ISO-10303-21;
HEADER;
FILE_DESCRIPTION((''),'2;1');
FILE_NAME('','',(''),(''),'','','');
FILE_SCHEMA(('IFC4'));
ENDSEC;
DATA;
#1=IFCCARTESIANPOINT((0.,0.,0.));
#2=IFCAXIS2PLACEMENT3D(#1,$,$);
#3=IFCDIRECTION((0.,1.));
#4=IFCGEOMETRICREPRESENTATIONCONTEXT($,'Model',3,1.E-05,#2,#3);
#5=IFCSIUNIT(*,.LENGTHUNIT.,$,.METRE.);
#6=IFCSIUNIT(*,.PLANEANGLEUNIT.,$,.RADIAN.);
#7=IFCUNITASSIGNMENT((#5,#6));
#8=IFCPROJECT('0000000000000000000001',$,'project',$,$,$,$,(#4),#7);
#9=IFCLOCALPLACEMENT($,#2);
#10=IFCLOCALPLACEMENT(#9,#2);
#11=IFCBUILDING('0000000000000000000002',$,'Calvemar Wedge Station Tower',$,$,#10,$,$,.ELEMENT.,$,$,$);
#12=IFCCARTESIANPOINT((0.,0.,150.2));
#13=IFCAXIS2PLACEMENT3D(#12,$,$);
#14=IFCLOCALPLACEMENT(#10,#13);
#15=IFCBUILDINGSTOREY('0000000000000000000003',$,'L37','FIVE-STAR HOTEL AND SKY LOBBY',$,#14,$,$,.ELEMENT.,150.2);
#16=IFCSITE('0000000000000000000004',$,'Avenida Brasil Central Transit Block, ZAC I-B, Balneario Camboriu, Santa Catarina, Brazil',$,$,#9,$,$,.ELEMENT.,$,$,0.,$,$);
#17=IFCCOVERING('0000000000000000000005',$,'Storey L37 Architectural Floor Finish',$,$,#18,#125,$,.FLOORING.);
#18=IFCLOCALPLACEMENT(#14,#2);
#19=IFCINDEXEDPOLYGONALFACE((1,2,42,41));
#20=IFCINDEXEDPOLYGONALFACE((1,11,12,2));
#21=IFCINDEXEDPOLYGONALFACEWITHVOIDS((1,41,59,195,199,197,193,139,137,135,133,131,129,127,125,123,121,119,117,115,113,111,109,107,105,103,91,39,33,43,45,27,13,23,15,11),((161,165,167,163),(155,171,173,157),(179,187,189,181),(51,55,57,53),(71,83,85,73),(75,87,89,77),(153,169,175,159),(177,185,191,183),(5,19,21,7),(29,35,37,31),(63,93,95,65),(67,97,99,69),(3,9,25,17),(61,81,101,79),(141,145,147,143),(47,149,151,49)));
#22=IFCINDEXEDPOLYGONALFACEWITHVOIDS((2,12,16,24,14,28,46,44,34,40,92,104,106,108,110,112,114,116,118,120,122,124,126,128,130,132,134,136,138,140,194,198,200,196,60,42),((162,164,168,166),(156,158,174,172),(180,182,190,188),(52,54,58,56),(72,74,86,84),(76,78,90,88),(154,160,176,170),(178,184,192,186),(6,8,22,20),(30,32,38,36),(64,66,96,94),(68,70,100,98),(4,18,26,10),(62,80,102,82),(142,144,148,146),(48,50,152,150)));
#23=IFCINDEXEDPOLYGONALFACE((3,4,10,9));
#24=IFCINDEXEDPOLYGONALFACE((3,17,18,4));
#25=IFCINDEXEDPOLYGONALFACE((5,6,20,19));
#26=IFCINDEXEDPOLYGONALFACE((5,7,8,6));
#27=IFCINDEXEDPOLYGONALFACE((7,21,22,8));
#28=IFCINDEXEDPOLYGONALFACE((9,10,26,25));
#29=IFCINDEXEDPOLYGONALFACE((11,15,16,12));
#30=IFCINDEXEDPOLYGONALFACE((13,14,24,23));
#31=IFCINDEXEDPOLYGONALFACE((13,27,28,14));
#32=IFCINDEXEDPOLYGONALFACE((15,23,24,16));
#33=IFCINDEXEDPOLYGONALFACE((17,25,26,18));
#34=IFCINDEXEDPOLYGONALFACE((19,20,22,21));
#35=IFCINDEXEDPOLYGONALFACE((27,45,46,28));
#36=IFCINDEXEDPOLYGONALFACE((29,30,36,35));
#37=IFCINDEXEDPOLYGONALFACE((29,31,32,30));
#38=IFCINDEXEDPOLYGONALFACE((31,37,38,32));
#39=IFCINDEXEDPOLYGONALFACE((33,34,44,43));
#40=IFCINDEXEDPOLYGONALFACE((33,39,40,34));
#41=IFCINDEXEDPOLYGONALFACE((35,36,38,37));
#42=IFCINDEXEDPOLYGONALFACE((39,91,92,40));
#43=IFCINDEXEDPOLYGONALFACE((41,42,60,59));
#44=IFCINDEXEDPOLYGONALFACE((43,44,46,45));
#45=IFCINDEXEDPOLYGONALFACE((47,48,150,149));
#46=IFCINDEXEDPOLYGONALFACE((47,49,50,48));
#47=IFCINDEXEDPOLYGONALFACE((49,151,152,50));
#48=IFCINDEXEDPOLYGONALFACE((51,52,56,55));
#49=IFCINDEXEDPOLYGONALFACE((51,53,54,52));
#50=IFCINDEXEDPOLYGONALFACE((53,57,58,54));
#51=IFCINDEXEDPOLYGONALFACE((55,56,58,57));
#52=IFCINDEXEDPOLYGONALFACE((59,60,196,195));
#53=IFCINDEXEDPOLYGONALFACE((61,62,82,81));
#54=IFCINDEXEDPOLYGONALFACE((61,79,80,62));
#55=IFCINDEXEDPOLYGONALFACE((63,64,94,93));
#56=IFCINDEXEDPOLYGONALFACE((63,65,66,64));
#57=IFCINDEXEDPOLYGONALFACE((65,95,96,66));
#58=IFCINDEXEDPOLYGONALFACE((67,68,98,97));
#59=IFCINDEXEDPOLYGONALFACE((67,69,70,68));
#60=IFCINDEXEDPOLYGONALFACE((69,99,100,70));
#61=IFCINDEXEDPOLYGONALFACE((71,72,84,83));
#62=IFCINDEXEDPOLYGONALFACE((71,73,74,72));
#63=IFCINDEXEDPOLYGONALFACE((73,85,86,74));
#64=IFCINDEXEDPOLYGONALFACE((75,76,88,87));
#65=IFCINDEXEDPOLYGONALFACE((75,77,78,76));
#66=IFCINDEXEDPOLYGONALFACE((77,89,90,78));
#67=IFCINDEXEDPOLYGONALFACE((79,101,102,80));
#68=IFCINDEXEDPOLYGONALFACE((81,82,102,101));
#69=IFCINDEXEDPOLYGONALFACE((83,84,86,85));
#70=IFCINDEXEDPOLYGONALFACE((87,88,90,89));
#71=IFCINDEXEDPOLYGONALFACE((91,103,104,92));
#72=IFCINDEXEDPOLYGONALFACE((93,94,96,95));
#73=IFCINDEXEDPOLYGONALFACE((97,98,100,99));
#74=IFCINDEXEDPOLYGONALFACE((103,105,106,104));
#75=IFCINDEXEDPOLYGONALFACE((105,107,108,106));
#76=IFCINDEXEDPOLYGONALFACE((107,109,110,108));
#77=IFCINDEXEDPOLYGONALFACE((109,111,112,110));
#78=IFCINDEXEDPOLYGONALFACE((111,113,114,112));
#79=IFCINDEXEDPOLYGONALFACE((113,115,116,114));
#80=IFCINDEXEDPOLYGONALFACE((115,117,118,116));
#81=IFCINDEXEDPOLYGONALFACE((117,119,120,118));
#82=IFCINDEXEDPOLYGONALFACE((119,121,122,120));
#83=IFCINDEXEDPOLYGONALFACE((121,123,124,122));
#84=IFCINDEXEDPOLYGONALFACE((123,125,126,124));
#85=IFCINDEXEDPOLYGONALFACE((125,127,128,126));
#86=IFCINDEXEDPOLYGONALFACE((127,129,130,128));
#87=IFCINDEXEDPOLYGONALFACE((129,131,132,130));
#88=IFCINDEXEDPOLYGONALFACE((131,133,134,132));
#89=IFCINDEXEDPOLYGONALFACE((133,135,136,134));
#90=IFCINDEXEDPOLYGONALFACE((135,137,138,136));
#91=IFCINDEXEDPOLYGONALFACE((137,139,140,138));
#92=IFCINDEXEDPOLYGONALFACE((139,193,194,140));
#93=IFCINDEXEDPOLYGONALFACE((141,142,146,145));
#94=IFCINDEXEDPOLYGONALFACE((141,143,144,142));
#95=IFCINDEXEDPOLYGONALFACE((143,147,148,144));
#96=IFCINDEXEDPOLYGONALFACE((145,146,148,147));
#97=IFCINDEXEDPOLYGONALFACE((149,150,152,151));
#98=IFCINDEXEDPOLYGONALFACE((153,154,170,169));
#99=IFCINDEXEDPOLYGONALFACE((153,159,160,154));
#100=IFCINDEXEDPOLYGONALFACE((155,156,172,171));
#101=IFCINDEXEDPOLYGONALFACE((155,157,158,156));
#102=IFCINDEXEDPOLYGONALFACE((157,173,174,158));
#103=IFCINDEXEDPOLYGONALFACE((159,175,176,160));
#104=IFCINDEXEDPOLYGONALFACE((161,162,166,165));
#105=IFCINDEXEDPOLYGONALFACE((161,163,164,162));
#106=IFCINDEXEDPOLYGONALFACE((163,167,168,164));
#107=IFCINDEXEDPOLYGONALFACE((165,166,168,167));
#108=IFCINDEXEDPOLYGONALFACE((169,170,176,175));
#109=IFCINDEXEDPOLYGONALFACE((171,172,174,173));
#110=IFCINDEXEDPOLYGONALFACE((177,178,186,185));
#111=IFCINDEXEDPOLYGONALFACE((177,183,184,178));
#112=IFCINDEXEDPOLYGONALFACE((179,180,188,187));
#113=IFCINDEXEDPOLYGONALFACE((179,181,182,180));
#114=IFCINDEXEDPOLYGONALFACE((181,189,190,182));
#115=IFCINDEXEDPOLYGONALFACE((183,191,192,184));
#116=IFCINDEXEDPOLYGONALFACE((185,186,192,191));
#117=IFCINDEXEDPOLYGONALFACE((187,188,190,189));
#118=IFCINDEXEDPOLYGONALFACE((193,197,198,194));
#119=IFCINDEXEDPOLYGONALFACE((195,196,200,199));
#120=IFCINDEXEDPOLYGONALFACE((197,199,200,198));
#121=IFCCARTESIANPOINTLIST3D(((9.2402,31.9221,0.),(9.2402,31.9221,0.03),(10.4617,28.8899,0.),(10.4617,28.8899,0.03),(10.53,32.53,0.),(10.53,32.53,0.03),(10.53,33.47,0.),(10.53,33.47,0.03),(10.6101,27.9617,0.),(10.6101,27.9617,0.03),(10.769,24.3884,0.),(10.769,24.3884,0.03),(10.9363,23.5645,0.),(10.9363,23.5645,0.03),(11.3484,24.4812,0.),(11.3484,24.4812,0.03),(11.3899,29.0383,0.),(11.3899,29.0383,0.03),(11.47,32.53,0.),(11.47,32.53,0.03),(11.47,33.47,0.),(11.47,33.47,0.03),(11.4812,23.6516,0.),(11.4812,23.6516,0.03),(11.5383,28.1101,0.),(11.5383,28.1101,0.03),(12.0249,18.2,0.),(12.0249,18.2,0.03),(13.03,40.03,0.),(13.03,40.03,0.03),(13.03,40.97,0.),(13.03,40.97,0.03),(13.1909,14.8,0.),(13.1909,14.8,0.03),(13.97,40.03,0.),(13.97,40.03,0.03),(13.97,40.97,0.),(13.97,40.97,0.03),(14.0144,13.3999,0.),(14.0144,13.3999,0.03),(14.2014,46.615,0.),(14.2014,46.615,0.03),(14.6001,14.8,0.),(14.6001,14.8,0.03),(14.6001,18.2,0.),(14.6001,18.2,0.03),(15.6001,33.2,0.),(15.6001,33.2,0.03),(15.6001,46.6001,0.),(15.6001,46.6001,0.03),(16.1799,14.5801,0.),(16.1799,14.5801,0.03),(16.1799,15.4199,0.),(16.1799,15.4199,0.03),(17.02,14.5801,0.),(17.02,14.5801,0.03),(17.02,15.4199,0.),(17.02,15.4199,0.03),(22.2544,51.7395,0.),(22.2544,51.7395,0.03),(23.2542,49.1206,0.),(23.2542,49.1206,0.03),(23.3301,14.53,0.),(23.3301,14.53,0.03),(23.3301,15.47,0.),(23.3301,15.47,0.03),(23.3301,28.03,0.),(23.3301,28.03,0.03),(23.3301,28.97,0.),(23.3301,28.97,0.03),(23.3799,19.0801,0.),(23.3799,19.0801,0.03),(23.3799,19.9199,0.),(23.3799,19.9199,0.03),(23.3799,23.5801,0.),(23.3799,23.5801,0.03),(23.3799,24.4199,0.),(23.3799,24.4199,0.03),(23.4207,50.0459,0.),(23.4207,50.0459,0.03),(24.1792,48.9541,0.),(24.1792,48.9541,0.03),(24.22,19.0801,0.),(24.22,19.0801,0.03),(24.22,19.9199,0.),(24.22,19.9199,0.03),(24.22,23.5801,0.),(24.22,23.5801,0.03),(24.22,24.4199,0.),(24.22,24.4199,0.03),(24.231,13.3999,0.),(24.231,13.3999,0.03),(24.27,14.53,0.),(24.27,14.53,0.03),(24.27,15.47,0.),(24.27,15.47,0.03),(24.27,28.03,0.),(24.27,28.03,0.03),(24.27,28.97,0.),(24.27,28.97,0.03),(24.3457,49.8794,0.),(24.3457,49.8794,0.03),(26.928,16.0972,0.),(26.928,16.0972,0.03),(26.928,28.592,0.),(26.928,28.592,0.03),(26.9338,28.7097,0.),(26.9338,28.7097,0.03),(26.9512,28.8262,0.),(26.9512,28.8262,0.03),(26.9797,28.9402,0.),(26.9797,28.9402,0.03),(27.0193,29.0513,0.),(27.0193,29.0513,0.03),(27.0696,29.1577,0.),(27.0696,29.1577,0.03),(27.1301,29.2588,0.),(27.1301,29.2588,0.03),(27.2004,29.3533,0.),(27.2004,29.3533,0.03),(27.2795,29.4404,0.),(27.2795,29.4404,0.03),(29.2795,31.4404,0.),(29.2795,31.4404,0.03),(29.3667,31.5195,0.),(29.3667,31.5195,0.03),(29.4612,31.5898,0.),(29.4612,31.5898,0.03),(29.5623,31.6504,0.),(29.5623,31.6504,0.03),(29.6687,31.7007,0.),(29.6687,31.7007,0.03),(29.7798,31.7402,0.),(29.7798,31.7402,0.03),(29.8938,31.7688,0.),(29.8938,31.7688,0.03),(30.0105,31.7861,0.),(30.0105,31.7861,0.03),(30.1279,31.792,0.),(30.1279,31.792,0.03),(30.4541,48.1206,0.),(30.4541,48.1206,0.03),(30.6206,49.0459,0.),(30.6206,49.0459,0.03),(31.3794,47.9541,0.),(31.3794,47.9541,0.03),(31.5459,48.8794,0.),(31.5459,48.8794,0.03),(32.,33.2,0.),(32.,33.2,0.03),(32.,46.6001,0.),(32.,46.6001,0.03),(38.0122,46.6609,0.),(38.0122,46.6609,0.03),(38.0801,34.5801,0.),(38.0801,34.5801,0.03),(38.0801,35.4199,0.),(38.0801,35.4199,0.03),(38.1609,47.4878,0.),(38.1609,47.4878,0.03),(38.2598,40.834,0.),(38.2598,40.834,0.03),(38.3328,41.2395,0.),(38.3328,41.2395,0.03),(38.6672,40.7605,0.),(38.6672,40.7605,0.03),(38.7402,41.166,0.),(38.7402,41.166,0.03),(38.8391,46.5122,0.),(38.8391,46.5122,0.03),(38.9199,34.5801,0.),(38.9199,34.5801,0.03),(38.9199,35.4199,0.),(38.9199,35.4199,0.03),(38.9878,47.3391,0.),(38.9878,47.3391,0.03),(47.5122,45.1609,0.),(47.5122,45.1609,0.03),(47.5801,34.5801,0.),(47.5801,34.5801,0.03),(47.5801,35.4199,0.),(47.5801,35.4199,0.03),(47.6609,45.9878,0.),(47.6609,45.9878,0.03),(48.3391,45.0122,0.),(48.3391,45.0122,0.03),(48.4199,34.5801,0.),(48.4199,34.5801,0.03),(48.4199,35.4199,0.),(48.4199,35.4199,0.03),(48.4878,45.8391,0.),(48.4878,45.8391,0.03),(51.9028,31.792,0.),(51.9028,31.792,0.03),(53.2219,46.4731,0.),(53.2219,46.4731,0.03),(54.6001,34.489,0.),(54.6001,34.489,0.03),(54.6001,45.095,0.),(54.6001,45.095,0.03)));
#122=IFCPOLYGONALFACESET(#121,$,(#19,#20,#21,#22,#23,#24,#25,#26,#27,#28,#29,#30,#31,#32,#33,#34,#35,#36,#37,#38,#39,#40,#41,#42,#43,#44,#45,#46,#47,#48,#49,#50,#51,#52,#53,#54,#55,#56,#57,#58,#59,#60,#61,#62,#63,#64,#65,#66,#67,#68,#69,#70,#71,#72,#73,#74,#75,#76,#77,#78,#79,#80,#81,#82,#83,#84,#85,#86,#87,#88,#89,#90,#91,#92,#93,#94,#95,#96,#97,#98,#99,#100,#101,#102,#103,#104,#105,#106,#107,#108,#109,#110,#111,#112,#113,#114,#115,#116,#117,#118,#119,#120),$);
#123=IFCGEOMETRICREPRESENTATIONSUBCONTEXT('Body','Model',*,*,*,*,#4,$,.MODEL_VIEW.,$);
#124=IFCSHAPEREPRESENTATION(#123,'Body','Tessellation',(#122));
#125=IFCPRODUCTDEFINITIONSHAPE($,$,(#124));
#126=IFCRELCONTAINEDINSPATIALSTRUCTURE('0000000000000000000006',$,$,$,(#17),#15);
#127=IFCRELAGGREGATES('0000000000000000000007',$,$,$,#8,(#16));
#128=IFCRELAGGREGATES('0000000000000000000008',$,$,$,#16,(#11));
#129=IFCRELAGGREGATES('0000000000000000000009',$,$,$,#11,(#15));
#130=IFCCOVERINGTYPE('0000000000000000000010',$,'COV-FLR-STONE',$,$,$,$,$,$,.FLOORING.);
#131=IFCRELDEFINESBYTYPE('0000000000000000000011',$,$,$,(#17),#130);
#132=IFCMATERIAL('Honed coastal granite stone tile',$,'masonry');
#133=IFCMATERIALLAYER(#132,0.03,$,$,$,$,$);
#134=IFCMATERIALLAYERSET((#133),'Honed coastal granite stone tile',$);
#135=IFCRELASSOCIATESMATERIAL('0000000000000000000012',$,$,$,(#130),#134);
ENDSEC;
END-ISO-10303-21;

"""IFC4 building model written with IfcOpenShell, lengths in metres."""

from ifc_helpers import new_model, si_unit, direction, frame, origin, place, context, subcontext, project, spatial, polyline, outline, extrude, material, layer, layer_set, type_object, element, save


model = new_model("IFC4")

# Units and contexts
model_context = context("Model", 3, precision=1e-05, world=origin(), true_north=direction((0.0, 1.0)))
body_context = subcontext(model_context, "Body", "Model", "MODEL_VIEW")
ifc_project = project(units=[si_unit("LENGTHUNIT", "METRE"), si_unit("PLANEANGLEUNIT", "RADIAN")], contexts=[model_context])

# Site, building, storey
site_placement = place(None, origin())
site = spatial("IfcSite", under=ifc_project, at=site_placement, Name="Avenida Brasil Central Transit Block, ZAC I-B, Balneario Camboriu, Santa Catarina, Brazil", CompositionType="ELEMENT", RefElevation=0.0)
building_placement = place(site_placement, origin())
building = spatial("IfcBuilding", under=site, at=building_placement, Name="Calvemar Wedge Station Tower", CompositionType="ELEMENT")
storey_placement = place(building_placement, frame((0.0, 0.0, 150.2)))
storey = spatial("IfcBuildingStorey", under=building, at=storey_placement, Name="L37", Description="FIVE-STAR HOTEL AND SKY LOBBY", CompositionType="ELEMENT", Elevation=150.2)

# Covering
ifc_material_1 = material(Name="Honed coastal granite stone tile", Category="masonry")
ifc_layer_1 = layer(ifc_material_1, 0.03)
ifc_layer_set_1 = layer_set([ifc_layer_1], Name="Honed coastal granite stone tile")
covering_type_1 = type_object("IfcCoveringType", Name="COV-FLR-STONE", PredefinedType="FLOORING", material=ifc_layer_set_1)
covering_1_placement = place(storey_placement, origin())
element("IfcCovering", 1, at=covering_1_placement, inside=storey, type_object=covering_type_1, Name="Storey L37 Architectural Floor Finish", PredefinedType="FLOORING", context=body_context, shape_type="SweptSolid", body=[
    extrude(outline(polyline([(27.2795, 29.4404), (29.2795, 31.4404), (29.3667, 31.5195), (29.4612, 31.5898), (29.5623, 31.6504), (29.6687, 31.7007), (29.7798, 31.7402), (29.8938, 31.7688), (30.0105, 31.7861), (30.1279, 31.792), (51.9028, 31.792), (54.6001, 34.489), (54.6001, 45.095), (53.2219, 46.4731), (22.2544, 51.7395), (14.2014, 46.615), (9.2402, 31.9221), (10.769, 24.3884), (11.3484, 24.4812), (11.4812, 23.6516), (10.9363, 23.5645), (12.0249, 18.2), (14.6001, 18.2), (14.6001, 14.8), (13.1909, 14.8), (14.0144, 13.3999), (24.231, 13.3999), (26.928, 16.0972), (26.928, 28.592), (26.9338, 28.7097), (26.9512, 28.8262), (26.9797, 28.9402), (27.0193, 29.0513), (27.0696, 29.1577), (27.1301, 29.2588), (27.2004, 29.3533), (27.2795, 29.4404)]), holes=[polyline([(15.6001, 46.6001), (32.0, 46.6001), (32.0, 33.2), (15.6001, 33.2), (15.6001, 46.6001)]), polyline([(10.53, 32.53), (10.53, 33.47), (11.47, 33.47), (11.47, 32.53), (10.53, 32.53)]), polyline([(13.03, 40.97), (13.97, 40.97), (13.97, 40.03), (13.03, 40.03), (13.03, 40.97)]), polyline([(24.3457, 49.8794), (24.1792, 48.9541), (23.2542, 49.1206), (23.4207, 50.0459), (24.3457, 49.8794)]), polyline([(31.3794, 47.9541), (30.4541, 48.1206), (30.6206, 49.0459), (31.5459, 48.8794), (31.3794, 47.9541)]), polyline([(38.0122, 46.6609), (38.1609, 47.4878), (38.9878, 47.3391), (38.8391, 46.5122), (38.0122, 46.6609)]), polyline([(47.6609, 45.9878), (48.4878, 45.8391), (48.3391, 45.0122), (47.5122, 45.1609), (47.6609, 45.9878)]), polyline([(38.9199, 35.4199), (38.9199, 34.5801), (38.0801, 34.5801), (38.0801, 35.4199), (38.9199, 35.4199)]), polyline([(48.4199, 34.5801), (47.5801, 34.5801), (47.5801, 35.4199), (48.4199, 35.4199), (48.4199, 34.5801)]), polyline([(38.2598, 40.834), (38.3328, 41.2395), (38.7402, 41.166), (38.6672, 40.7605), (38.2598, 40.834)]), polyline([(11.3899, 29.0383), (11.5383, 28.1101), (10.6101, 27.9617), (10.4617, 28.8899), (11.3899, 29.0383)]), polyline([(24.27, 28.03), (23.3301, 28.03), (23.3301, 28.97), (24.27, 28.97), (24.27, 28.03)]), polyline([(23.3799, 23.5801), (23.3799, 24.4199), (24.22, 24.4199), (24.22, 23.5801), (23.3799, 23.5801)]), polyline([(23.3799, 19.9199), (24.22, 19.9199), (24.22, 19.0801), (23.3799, 19.0801), (23.3799, 19.9199)]), polyline([(24.27, 15.47), (24.27, 14.53), (23.3301, 14.53), (23.3301, 15.47), (24.27, 15.47)]), polyline([(17.02, 14.5801), (16.1799, 14.5801), (16.1799, 15.4199), (17.02, 15.4199), (17.02, 14.5801)])]), origin(), (0.0, 0.0, 1.0), 0.03),
])

save(model, "model.ifc")
